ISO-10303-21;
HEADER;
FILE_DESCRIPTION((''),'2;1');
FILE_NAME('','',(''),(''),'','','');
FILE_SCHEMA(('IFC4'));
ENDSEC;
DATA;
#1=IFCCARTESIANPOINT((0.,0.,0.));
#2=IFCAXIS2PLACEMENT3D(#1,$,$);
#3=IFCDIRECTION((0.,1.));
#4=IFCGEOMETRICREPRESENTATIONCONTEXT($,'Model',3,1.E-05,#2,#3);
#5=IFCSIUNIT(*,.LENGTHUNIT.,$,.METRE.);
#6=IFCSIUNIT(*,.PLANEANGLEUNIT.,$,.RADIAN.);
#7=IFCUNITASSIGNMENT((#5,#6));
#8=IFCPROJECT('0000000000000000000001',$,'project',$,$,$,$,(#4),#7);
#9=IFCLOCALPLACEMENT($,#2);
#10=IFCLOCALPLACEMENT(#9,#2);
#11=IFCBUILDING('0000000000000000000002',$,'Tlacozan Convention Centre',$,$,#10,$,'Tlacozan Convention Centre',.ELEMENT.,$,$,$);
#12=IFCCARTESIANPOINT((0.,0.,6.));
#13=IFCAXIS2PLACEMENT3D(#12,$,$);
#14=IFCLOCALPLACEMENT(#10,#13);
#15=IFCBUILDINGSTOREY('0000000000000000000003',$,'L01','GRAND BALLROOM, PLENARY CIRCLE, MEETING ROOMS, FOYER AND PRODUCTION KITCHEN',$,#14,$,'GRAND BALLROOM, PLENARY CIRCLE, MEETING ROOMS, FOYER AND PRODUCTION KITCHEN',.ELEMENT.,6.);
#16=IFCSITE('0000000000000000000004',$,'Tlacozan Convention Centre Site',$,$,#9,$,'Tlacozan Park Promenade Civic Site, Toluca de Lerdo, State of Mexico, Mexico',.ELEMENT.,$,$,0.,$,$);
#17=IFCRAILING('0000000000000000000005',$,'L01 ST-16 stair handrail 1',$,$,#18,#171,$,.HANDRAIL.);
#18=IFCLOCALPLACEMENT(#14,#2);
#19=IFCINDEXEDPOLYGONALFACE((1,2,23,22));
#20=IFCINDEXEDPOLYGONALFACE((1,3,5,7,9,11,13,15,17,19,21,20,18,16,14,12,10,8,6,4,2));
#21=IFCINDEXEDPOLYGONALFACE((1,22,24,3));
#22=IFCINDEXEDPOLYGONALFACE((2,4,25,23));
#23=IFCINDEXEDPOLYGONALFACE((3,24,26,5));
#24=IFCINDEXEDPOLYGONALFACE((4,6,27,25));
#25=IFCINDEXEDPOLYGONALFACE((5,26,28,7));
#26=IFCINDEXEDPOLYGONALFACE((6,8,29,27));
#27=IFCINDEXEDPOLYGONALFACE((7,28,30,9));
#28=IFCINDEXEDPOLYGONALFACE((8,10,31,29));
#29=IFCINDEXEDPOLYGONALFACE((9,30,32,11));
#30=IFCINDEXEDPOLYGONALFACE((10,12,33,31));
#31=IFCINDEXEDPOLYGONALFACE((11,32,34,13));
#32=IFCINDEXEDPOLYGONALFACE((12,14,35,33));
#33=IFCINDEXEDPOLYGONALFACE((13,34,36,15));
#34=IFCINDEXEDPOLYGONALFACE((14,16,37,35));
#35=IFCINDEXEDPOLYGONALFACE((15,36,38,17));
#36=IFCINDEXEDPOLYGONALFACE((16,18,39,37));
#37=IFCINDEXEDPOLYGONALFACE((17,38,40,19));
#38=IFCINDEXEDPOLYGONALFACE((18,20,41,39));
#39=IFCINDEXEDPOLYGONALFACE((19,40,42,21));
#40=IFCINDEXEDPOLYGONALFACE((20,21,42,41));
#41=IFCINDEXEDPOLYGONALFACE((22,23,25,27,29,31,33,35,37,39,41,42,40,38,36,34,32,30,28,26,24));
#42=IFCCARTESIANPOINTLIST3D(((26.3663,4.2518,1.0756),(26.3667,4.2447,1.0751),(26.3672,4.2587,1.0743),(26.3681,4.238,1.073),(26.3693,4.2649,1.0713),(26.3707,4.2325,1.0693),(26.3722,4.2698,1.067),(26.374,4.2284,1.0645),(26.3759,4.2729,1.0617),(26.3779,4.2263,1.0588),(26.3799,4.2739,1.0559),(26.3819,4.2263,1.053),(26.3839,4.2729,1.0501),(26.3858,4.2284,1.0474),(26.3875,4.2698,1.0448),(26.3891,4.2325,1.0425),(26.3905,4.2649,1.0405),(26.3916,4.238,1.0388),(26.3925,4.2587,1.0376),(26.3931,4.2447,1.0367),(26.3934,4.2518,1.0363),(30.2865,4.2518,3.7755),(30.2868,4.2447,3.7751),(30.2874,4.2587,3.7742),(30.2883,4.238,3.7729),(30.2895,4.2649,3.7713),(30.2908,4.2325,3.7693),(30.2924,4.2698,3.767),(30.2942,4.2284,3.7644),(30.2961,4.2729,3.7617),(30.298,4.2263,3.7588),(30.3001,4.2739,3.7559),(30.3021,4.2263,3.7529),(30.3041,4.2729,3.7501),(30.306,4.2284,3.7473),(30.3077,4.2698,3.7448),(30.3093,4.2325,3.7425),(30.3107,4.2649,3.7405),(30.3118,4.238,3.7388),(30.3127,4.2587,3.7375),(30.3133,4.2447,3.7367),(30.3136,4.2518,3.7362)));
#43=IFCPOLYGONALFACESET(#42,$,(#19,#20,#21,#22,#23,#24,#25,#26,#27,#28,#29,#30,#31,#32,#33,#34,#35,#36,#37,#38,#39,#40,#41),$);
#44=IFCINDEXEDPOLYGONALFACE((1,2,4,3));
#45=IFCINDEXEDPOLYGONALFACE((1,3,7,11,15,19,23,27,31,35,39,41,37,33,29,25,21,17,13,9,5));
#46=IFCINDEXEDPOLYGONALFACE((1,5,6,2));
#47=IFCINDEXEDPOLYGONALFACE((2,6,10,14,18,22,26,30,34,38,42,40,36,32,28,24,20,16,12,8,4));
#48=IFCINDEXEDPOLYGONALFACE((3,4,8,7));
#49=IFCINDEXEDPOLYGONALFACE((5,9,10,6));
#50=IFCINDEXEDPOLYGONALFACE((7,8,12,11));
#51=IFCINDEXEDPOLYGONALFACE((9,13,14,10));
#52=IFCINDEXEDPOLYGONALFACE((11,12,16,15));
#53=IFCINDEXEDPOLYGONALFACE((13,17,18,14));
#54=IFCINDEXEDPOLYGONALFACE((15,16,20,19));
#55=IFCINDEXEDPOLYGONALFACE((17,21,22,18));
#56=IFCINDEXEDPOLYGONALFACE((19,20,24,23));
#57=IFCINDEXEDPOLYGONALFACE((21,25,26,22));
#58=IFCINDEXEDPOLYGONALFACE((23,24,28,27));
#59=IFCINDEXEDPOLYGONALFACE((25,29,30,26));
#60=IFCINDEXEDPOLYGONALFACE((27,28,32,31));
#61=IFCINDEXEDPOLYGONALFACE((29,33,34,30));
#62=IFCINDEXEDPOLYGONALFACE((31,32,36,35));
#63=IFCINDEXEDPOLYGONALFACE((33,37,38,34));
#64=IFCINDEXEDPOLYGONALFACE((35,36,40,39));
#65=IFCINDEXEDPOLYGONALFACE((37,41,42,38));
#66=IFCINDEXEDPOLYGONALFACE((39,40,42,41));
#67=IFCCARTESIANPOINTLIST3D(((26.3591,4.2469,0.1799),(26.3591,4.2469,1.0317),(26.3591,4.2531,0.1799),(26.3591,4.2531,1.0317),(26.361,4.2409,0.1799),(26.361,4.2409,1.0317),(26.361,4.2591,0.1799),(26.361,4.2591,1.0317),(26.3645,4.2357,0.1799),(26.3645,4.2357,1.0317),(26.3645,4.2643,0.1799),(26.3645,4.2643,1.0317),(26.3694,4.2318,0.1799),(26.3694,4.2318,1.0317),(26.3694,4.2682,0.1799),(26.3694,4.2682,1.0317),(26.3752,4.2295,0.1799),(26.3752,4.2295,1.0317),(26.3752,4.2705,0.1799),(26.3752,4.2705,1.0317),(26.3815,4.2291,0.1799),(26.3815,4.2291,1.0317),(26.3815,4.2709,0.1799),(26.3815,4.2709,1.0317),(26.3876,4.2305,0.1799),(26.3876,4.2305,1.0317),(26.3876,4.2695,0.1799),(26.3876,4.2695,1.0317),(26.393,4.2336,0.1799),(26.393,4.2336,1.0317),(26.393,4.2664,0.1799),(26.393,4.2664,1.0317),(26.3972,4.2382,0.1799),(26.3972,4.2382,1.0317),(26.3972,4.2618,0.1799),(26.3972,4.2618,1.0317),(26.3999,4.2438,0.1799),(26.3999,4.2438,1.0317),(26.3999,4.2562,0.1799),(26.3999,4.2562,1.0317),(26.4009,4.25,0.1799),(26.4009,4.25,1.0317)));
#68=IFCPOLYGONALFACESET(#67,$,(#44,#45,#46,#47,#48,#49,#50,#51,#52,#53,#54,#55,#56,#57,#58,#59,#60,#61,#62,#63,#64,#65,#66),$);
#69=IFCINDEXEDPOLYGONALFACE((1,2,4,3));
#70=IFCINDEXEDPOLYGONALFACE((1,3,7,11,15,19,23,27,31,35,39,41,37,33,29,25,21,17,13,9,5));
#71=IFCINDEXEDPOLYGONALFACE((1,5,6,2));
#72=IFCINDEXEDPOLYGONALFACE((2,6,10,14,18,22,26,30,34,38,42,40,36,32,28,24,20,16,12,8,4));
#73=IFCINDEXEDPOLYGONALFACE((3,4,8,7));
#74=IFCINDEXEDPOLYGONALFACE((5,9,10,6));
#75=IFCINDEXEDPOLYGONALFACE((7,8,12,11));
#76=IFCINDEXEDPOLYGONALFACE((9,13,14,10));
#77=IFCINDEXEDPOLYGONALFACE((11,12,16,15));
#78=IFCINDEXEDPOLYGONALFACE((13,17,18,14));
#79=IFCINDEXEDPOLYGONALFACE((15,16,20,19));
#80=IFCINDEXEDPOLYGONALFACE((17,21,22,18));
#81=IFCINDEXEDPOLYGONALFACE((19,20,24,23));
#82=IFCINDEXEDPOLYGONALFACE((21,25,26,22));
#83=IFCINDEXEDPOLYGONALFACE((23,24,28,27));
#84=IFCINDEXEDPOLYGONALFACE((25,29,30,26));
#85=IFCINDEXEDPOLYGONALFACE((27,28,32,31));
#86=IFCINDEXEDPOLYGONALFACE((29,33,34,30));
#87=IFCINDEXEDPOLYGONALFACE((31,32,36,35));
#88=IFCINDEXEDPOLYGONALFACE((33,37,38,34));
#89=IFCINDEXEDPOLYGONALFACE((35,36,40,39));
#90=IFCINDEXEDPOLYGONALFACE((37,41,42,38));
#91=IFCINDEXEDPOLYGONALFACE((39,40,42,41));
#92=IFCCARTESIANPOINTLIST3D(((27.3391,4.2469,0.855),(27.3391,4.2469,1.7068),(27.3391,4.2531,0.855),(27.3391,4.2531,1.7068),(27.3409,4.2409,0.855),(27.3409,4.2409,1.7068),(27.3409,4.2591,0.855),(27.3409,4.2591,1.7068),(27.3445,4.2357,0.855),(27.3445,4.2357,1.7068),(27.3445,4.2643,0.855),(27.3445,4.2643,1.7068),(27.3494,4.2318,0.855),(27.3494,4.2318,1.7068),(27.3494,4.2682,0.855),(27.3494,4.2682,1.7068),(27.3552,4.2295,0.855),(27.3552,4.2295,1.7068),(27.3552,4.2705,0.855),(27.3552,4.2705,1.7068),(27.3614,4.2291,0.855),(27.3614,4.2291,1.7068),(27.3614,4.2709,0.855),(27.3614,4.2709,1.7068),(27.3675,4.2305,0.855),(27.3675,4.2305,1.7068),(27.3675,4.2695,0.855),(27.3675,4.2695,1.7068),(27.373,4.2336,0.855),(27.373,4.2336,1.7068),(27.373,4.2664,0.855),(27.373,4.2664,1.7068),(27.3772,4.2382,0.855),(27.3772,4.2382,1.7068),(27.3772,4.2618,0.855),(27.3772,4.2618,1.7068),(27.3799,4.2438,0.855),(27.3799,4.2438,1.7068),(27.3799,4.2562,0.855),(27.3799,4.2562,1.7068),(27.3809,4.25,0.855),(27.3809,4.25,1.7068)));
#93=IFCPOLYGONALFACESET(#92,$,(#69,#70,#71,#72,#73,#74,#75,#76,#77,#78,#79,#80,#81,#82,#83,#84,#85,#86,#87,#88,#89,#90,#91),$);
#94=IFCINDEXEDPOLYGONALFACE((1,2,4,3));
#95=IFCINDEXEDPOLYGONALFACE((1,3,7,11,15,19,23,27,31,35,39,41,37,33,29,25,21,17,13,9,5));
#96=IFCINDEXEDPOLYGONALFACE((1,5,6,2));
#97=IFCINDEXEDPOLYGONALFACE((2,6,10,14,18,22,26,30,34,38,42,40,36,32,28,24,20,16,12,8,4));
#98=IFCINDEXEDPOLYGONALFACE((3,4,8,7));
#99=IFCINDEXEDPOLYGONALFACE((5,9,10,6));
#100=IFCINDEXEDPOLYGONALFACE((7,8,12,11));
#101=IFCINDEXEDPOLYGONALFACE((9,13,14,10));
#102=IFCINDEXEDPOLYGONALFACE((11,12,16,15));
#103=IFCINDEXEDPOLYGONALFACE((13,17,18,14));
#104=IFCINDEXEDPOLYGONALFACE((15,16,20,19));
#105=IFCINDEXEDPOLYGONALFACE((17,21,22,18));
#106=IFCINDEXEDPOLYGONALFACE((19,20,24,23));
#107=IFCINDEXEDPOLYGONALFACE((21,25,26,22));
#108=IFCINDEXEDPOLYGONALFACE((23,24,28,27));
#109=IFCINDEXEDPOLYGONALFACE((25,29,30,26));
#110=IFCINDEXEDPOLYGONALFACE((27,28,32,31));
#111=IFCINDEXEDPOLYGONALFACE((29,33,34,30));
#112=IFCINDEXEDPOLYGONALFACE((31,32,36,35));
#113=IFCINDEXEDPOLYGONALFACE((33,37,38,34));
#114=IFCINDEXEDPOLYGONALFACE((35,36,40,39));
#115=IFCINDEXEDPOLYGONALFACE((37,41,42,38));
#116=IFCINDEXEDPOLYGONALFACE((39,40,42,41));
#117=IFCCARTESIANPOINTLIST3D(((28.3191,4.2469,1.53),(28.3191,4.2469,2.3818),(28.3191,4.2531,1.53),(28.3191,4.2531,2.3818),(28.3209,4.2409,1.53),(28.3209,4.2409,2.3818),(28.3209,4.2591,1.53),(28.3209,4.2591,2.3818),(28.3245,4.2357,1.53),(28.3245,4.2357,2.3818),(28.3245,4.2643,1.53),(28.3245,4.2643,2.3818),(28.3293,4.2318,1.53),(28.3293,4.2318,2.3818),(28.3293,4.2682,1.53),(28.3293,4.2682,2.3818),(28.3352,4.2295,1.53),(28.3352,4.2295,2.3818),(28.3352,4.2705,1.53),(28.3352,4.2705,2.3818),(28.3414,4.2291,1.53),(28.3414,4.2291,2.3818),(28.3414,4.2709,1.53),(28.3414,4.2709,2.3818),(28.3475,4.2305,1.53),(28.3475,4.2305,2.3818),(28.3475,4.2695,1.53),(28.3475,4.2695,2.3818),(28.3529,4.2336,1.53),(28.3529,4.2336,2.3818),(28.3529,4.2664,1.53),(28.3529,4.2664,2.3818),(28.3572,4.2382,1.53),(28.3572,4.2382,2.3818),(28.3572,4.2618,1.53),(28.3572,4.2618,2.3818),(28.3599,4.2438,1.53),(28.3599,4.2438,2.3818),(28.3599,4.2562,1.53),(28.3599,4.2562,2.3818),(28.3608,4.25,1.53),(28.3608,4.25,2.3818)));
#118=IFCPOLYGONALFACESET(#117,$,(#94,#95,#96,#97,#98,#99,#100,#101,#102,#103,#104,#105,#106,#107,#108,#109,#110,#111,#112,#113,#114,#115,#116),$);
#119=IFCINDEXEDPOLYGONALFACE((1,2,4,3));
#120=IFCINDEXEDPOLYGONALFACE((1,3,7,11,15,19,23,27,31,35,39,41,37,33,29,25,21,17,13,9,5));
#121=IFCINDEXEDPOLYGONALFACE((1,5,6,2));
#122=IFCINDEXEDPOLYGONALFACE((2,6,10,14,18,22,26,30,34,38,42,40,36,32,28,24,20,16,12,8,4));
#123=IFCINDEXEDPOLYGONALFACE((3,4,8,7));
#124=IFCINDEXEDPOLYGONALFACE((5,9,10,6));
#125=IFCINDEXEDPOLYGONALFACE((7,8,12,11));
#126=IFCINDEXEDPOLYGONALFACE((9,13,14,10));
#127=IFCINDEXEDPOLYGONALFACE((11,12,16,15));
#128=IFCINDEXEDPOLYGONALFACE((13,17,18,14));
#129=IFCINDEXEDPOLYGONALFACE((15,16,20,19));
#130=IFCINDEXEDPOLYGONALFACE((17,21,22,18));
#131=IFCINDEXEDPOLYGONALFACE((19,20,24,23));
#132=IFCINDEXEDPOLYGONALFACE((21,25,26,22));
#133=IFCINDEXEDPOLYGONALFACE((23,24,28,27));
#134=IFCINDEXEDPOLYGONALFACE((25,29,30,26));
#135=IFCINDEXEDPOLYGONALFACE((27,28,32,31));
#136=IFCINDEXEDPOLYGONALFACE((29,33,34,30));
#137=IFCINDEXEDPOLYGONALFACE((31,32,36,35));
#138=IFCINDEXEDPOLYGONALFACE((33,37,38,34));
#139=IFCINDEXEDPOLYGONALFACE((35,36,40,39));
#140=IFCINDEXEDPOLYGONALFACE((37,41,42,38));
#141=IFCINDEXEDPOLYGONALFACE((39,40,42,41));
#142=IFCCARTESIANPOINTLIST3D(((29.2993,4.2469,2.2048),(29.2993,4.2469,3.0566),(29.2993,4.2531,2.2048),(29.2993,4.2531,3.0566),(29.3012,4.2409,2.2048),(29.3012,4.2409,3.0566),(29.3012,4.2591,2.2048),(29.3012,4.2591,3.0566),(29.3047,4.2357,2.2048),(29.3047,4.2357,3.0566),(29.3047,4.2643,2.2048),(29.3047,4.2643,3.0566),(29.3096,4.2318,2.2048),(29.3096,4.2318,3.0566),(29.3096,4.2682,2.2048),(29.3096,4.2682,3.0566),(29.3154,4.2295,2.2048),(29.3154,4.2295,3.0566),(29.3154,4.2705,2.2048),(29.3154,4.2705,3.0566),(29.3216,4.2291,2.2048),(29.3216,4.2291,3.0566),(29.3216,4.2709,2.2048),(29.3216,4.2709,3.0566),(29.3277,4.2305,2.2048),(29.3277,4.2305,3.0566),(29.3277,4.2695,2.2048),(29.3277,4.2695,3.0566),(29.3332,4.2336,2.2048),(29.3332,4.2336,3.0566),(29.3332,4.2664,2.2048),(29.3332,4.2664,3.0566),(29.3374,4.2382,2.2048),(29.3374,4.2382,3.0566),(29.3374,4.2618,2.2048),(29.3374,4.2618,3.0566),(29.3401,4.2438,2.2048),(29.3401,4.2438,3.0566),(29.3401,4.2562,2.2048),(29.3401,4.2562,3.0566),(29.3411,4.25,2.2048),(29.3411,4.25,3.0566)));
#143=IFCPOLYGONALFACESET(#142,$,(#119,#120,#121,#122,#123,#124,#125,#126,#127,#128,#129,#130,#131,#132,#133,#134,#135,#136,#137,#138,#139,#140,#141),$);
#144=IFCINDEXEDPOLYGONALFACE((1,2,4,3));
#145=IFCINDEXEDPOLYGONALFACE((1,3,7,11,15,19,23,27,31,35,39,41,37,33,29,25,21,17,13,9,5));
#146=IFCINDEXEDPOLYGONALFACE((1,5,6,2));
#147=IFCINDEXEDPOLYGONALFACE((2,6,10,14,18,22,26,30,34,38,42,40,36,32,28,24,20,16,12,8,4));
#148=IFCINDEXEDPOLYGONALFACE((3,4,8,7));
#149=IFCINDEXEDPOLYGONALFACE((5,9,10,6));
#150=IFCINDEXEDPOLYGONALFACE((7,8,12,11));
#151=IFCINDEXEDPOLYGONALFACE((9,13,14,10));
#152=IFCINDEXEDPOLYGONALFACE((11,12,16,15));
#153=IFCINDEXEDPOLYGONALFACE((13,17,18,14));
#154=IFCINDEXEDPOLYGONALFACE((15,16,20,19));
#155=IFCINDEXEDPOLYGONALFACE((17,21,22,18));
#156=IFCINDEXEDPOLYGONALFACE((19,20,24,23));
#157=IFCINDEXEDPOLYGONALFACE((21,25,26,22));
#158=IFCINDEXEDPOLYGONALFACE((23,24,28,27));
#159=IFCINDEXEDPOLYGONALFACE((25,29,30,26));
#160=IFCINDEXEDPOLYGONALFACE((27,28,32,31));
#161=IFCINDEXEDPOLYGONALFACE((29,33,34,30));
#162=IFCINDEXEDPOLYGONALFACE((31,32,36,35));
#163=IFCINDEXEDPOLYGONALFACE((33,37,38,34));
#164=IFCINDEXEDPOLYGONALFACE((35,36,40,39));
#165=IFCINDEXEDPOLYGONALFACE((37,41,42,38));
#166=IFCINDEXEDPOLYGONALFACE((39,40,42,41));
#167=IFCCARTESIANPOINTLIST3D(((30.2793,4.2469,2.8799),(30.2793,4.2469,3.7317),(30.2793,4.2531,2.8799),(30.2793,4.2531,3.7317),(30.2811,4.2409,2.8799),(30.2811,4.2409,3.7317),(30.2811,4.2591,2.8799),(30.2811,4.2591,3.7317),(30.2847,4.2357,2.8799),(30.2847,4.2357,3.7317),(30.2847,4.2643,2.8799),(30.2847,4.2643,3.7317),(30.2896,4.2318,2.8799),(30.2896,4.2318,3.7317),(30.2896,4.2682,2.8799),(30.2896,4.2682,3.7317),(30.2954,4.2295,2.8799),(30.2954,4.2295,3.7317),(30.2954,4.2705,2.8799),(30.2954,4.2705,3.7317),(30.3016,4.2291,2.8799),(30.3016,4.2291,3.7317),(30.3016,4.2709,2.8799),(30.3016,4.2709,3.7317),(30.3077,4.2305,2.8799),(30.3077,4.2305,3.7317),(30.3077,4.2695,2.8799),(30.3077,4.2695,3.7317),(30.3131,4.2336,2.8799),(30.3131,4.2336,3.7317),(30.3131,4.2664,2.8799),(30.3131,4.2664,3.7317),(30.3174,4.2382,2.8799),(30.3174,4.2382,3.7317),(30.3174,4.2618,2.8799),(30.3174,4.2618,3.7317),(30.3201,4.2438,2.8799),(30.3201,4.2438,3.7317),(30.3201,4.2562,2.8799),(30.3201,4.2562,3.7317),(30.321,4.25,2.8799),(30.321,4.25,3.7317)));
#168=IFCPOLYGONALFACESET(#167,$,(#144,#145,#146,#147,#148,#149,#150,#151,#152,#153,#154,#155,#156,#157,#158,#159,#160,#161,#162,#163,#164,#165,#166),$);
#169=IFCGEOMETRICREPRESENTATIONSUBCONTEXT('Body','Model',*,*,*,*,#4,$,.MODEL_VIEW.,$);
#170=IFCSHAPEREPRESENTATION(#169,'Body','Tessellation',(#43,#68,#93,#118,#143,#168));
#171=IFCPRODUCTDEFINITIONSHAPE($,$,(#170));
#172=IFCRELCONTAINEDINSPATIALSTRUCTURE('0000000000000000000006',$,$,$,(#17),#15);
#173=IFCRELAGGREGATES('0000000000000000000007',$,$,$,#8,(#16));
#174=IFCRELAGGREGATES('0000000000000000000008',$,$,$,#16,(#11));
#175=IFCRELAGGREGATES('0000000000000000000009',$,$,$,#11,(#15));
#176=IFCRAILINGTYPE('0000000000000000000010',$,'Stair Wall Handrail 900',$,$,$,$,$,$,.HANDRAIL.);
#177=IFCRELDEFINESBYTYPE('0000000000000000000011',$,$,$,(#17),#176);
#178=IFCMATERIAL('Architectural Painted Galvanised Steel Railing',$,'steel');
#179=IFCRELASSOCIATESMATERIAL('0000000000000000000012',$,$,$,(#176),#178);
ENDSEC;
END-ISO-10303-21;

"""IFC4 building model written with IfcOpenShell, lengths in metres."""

from ifc_helpers import new_model, si_unit, direction, frame, origin, origin_2d, place, context, subcontext, project, spatial, circle, extrude, material, type_object, element, save


model = new_model("IFC4")

# Units and contexts
model_context = context("Model", 3, precision=1e-05, world=origin(), true_north=direction((0.0, 1.0)))
body_context = subcontext(model_context, "Body", "Model", "MODEL_VIEW")
ifc_project = project(units=[si_unit("LENGTHUNIT", "METRE"), si_unit("PLANEANGLEUNIT", "RADIAN")], contexts=[model_context])

# Site, building, storey
site_placement = place(None, origin())
site = spatial("IfcSite", under=ifc_project, at=site_placement, Name="Tlacozan Convention Centre Site", LongName="Tlacozan Park Promenade Civic Site, Toluca de Lerdo, State of Mexico, Mexico", CompositionType="ELEMENT", RefElevation=0.0)
building_placement = place(site_placement, origin())
building = spatial("IfcBuilding", under=site, at=building_placement, Name="Tlacozan Convention Centre", LongName="Tlacozan Convention Centre", CompositionType="ELEMENT")
storey_placement = place(building_placement, frame((0.0, 0.0, 6.0)))
storey = spatial("IfcBuildingStorey", under=building, at=storey_placement, Name="L01", Description="GRAND BALLROOM, PLENARY CIRCLE, MEETING ROOMS, FOYER AND PRODUCTION KITCHEN", LongName="GRAND BALLROOM, PLENARY CIRCLE, MEETING ROOMS, FOYER AND PRODUCTION KITCHEN", CompositionType="ELEMENT", Elevation=6.0)

# Railing
ifc_material_1 = material(Name="Architectural Painted Galvanised Steel Railing", Category="steel")
railing_type_1 = type_object("IfcRailingType", Name="Stair Wall Handrail 900", PredefinedType="HANDRAIL", material=ifc_material_1)
railing_1_placement = place(storey_placement, frame((26.3799, 4.25, 0.1799)))
element("IfcRailing", 1, at=railing_1_placement, inside=storey, type_object=railing_type_1, Name="L01 ST-16 stair handrail 1", PredefinedType="HANDRAIL", context=body_context, shape_type="SweptSolid", body=[
    extrude(circle(Radius=0.0239, at=origin_2d()), frame((0.0, 0.0, 0.876), z_axis=(0.823567, 0.0, 0.567219), x_axis=(0.0, 1.0, 0.0)), (0.0, 0.0, 1.0), 4.76),
    extrude(circle(Radius=0.021, at=origin_2d()), origin(), (0.0, 0.0, 1.0), 0.8518),
    extrude(circle(Radius=0.021, at=origin_2d()), frame((0.98, 0.0, 0.675)), (0.0, 0.0, 1.0), 0.8518),
    extrude(circle(Radius=0.021, at=origin_2d()), frame((1.96, 0.0, 1.3501)), (0.0, 0.0, 1.0), 0.8518),
    extrude(circle(Radius=0.021, at=origin_2d()), frame((2.9402, 0.0, 2.0249)), (0.0, 0.0, 1.0), 0.8518),
    extrude(circle(Radius=0.021, at=origin_2d()), frame((3.9202, 0.0, 2.7)), (0.0, 0.0, 1.0), 0.8518),
])

save(model, "model.ifc")
